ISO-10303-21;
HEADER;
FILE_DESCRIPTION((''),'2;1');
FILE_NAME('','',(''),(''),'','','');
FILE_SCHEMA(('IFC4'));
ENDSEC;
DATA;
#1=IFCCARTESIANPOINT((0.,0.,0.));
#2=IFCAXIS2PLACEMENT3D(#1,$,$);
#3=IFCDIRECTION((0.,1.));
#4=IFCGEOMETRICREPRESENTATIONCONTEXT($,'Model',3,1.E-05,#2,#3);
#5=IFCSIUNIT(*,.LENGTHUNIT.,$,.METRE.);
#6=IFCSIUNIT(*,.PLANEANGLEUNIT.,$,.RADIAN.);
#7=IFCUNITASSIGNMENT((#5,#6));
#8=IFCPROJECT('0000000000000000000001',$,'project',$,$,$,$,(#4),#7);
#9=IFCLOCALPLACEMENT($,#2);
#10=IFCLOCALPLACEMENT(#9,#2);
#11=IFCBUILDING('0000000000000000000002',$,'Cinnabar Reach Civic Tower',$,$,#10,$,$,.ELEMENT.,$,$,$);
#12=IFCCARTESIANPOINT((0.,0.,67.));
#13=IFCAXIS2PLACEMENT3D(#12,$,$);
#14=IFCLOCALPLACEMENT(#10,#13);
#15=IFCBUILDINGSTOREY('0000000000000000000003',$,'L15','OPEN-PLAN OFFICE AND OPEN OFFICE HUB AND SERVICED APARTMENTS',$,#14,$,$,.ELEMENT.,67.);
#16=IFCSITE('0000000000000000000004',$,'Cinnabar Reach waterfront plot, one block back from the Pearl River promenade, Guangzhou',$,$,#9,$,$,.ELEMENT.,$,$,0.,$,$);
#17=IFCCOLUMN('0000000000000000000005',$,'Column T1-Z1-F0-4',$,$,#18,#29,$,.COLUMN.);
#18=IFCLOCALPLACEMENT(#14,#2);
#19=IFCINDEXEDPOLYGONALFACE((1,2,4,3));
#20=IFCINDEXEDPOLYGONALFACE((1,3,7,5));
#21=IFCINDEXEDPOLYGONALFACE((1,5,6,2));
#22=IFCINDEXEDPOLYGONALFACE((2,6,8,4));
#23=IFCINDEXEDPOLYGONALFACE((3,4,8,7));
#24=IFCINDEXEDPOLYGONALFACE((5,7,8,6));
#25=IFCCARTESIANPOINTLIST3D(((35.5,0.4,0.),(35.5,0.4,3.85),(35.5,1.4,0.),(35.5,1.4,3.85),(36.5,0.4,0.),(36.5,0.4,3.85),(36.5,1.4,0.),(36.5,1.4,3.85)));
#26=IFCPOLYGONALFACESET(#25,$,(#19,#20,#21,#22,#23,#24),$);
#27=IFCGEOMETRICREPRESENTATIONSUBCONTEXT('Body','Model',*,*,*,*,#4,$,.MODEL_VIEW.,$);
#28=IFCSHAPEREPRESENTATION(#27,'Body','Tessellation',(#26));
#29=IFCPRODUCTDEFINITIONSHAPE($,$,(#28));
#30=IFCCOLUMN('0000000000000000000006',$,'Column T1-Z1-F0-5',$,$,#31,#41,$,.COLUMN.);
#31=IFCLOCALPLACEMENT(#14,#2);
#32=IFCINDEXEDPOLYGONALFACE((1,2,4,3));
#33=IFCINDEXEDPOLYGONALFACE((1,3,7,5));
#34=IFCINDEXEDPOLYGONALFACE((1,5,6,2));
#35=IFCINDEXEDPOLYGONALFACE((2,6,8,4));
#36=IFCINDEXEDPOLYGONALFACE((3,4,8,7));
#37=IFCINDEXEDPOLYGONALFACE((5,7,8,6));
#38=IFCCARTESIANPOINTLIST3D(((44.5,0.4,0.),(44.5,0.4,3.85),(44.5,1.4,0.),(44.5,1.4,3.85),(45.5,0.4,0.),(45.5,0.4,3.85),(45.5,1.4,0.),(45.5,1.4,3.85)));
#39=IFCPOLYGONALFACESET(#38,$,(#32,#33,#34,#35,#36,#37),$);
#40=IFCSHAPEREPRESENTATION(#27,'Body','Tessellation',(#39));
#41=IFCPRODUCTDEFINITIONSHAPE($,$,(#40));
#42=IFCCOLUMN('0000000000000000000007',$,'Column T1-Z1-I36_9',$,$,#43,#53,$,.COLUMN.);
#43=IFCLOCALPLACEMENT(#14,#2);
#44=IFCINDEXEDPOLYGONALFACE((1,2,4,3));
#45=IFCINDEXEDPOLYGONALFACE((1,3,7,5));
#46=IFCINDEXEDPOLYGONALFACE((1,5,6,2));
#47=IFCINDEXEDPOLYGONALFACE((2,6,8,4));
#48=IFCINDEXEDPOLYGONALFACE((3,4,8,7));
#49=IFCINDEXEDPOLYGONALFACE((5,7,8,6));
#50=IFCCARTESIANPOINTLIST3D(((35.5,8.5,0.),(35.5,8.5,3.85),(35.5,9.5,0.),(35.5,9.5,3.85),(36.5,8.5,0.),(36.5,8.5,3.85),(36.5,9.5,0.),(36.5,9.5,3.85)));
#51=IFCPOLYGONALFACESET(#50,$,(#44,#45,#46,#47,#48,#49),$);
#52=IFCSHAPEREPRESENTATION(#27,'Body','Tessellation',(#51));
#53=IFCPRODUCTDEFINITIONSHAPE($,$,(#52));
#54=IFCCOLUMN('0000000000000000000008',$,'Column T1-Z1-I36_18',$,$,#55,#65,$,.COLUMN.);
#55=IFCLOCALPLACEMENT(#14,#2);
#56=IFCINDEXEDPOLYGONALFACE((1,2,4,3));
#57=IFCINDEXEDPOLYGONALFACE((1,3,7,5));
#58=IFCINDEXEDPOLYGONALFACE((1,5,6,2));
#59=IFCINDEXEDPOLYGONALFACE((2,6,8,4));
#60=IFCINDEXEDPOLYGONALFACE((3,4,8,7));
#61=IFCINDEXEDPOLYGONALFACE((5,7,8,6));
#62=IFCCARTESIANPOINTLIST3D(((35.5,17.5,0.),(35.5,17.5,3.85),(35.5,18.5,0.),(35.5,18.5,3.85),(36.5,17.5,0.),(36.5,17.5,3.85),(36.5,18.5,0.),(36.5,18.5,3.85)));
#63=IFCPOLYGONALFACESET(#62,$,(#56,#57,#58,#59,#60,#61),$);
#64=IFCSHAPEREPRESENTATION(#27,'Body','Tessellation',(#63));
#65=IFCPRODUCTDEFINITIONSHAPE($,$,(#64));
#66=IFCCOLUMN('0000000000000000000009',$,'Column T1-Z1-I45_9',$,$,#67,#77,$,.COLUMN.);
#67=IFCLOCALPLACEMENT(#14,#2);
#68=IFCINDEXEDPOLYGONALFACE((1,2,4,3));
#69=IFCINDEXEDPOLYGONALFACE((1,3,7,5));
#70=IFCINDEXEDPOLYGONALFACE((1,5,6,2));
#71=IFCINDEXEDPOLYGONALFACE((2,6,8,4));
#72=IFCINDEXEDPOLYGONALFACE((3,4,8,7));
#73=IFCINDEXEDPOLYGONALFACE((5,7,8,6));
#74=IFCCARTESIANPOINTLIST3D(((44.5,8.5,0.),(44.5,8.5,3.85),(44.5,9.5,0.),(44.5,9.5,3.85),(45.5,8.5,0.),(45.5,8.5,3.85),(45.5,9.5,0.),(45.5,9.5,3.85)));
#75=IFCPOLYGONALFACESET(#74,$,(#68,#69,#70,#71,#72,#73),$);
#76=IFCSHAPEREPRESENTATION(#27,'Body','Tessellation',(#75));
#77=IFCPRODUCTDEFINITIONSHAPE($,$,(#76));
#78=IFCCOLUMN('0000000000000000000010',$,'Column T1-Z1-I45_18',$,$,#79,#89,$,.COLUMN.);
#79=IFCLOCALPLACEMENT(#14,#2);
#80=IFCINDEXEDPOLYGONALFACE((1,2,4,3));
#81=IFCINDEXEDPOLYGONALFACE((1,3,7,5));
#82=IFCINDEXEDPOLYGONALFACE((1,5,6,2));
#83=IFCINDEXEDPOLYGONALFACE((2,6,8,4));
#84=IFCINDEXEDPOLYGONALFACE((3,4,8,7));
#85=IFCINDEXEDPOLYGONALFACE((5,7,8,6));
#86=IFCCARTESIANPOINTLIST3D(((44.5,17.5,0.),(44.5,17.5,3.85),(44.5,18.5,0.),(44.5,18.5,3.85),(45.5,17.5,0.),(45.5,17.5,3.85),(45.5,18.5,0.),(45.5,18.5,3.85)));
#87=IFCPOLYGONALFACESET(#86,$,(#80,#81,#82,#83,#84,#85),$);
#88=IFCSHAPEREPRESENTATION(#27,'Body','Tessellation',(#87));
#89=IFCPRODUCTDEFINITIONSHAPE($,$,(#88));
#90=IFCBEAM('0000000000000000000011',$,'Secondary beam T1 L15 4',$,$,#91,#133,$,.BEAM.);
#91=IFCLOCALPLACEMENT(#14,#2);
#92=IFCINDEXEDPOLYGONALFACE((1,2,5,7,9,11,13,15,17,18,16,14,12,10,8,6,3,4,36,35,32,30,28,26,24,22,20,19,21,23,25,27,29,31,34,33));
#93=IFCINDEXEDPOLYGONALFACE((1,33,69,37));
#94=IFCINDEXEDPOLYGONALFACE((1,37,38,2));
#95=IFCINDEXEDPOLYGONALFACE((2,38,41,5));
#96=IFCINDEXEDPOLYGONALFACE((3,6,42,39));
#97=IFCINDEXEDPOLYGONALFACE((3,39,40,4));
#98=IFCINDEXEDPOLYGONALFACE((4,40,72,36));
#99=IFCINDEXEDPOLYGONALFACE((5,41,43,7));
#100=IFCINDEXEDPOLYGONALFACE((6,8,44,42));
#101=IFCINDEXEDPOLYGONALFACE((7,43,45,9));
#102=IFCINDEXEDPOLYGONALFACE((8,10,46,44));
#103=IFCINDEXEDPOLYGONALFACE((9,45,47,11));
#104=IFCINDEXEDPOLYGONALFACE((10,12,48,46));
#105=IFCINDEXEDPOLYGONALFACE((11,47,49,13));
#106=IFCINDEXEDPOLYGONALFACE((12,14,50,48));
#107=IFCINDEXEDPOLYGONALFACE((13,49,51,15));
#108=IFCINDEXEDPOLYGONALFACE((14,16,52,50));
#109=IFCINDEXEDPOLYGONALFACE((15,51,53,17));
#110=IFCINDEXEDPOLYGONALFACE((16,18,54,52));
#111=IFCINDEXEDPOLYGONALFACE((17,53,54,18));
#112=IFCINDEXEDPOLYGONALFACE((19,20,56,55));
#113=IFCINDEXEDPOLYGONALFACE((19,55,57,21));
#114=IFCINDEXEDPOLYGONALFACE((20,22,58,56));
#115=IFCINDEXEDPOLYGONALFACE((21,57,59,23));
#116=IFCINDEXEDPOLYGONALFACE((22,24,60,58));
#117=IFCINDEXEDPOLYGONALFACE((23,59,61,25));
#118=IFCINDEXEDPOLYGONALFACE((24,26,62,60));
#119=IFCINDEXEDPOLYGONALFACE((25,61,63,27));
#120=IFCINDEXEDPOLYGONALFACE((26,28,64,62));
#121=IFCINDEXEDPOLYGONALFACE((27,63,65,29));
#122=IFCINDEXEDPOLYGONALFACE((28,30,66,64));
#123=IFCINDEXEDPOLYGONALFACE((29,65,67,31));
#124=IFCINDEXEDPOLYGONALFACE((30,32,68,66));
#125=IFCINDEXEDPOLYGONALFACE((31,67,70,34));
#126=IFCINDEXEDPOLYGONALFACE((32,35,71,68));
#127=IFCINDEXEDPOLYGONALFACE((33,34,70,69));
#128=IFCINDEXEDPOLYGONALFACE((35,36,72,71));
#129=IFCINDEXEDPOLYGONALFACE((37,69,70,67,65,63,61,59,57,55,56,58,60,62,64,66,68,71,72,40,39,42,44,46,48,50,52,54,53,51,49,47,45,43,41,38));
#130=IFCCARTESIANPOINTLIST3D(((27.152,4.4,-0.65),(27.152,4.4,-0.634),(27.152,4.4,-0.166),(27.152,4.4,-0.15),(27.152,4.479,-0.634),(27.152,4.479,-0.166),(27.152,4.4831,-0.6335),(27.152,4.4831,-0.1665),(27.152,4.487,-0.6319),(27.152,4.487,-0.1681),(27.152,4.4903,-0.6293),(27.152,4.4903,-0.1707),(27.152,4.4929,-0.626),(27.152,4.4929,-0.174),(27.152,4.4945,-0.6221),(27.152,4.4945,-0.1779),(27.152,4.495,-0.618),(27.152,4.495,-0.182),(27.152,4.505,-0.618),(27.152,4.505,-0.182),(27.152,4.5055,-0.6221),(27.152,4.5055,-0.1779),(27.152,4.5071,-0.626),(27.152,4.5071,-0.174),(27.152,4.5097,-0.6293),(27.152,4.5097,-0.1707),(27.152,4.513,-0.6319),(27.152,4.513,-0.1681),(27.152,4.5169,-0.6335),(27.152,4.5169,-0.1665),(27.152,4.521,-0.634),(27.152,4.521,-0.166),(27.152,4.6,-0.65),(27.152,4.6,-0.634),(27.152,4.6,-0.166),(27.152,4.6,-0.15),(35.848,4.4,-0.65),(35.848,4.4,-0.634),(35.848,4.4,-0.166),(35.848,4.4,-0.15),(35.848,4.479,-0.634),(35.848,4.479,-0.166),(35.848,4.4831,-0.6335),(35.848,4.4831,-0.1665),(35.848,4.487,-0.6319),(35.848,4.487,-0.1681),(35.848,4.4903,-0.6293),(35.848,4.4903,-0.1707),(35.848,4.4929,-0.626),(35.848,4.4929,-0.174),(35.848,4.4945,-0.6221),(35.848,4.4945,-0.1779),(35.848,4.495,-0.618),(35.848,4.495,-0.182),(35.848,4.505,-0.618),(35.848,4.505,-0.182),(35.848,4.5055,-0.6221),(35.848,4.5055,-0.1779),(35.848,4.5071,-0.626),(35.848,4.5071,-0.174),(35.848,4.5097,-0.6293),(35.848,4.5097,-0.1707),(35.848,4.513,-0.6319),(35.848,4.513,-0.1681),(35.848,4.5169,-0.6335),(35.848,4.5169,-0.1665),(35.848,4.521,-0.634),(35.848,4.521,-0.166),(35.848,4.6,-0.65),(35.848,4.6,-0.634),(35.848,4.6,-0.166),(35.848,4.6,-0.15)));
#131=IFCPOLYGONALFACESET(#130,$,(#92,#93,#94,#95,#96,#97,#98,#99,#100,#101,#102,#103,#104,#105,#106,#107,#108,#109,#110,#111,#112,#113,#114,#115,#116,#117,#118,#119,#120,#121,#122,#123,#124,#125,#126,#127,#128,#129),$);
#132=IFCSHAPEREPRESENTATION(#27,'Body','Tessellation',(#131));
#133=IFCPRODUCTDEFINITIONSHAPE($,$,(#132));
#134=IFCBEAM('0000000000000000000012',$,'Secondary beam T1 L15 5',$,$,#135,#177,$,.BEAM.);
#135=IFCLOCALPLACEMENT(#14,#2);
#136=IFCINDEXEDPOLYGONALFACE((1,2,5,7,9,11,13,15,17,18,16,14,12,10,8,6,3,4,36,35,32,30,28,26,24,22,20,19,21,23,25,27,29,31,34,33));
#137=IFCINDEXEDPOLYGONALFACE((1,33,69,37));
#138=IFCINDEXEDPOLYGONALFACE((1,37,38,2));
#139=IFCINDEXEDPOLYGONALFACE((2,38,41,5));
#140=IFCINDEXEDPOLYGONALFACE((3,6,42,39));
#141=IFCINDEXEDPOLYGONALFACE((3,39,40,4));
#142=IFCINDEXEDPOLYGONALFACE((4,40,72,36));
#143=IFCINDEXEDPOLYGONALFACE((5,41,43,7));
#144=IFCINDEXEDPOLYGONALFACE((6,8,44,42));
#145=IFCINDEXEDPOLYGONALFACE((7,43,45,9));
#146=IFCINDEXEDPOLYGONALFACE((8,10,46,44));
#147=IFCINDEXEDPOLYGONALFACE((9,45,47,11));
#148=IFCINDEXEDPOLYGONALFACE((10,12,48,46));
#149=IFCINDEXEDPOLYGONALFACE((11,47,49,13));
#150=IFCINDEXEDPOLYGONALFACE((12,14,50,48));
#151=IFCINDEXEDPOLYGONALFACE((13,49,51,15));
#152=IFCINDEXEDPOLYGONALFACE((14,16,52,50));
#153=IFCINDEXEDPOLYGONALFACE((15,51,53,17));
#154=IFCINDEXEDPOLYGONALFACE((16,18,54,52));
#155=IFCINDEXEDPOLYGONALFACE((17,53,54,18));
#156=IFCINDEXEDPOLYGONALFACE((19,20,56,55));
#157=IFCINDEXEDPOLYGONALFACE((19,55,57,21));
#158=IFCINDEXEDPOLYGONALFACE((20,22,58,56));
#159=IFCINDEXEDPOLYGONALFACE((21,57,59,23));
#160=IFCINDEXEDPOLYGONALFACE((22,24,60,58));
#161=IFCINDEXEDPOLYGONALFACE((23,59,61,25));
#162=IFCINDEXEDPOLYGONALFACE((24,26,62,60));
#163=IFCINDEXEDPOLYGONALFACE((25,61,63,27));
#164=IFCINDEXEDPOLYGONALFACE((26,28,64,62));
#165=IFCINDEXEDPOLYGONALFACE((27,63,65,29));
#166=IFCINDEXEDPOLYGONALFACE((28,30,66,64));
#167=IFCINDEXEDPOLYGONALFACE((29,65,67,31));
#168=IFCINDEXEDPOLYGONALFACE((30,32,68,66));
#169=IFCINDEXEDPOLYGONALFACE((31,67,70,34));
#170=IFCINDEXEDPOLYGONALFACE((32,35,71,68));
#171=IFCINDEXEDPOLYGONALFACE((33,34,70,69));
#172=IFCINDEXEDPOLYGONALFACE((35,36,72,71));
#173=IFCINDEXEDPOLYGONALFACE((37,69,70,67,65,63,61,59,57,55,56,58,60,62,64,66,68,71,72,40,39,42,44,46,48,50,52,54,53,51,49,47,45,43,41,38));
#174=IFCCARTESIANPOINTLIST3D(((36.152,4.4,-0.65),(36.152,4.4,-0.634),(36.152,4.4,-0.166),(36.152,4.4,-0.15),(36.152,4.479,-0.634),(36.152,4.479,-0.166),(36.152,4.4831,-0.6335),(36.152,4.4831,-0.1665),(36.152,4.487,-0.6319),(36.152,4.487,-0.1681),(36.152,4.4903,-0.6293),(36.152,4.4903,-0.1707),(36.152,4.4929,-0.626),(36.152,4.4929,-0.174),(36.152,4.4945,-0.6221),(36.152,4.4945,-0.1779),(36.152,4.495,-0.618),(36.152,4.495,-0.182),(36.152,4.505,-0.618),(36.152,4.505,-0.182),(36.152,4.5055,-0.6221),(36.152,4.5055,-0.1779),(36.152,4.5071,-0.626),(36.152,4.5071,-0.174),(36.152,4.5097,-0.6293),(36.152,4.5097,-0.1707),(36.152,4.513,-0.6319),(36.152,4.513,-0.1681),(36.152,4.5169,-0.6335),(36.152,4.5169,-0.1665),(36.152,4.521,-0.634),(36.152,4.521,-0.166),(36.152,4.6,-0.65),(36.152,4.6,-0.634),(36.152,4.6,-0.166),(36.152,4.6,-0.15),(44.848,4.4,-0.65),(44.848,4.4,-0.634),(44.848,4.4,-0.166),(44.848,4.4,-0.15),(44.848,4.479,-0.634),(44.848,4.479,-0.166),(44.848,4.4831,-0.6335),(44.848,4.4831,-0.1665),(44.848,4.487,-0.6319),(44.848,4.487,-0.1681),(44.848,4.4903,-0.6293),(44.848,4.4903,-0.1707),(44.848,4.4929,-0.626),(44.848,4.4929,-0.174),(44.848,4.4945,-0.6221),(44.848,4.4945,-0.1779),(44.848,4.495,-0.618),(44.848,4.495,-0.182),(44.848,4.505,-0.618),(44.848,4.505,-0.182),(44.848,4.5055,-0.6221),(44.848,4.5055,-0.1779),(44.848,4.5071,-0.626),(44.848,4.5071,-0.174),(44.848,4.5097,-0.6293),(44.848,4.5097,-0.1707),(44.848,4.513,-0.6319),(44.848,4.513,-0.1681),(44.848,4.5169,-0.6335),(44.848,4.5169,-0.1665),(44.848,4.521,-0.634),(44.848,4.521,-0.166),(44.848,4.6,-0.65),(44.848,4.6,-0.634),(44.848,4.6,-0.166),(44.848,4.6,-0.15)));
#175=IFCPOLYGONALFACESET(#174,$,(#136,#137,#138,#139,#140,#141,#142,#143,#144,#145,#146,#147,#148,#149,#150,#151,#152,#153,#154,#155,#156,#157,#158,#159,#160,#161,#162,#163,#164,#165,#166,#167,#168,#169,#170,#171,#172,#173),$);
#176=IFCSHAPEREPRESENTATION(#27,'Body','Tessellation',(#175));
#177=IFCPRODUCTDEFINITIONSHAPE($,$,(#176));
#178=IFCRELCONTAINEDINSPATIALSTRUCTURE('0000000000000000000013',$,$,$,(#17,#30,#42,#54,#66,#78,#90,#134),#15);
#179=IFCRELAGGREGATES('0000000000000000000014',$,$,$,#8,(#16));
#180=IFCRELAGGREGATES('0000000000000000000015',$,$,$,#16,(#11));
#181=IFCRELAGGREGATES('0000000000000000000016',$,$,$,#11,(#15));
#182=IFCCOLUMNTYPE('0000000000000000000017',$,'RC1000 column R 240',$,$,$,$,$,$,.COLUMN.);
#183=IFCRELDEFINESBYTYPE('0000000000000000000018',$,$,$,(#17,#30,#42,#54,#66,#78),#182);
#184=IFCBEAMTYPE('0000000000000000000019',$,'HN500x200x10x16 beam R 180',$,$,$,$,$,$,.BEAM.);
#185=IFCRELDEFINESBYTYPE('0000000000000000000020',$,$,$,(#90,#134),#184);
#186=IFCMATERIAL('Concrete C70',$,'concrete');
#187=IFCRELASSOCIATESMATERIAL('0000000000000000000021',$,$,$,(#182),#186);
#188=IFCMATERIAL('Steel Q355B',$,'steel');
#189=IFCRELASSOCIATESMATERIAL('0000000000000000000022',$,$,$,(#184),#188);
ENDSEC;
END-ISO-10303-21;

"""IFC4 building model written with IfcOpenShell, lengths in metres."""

from ifc_helpers import new_model, si_unit, direction, frame, origin, origin_2d, place, context, subcontext, project, spatial, rectangle, i_section, extrude, material, material_profile, profile_set, type_object, element, save


model = new_model("IFC4")

# Units and contexts
model_context = context("Model", 3, precision=1e-05, world=origin(), true_north=direction((0.0, 1.0)))
body_context = subcontext(model_context, "Body", "Model", "MODEL_VIEW")
ifc_project = project(units=[si_unit("LENGTHUNIT", "METRE"), si_unit("PLANEANGLEUNIT", "RADIAN")], contexts=[model_context])

# Site, building, storey
site_placement = place(None, origin())
site = spatial("IfcSite", under=ifc_project, at=site_placement, Name="Cinnabar Reach waterfront plot, one block back from the Pearl River promenade, Guangzhou", CompositionType="ELEMENT", RefElevation=0.0)
building_placement = place(site_placement, origin())
building = spatial("IfcBuilding", under=site, at=building_placement, Name="Cinnabar Reach Civic Tower", CompositionType="ELEMENT")
storey_placement = place(building_placement, frame((0.0, 0.0, 67.0)))
storey = spatial("IfcBuildingStorey", under=building, at=storey_placement, Name="L15", Description="OPEN-PLAN OFFICE AND OPEN OFFICE HUB AND SERVICED APARTMENTS", CompositionType="ELEMENT", Elevation=67.0)

# Columns
ifc_material_1 = material(Name="Concrete C70", Category="concrete")
ifc_material_profile_1 = material_profile(ifc_material_1, rectangle(XDim=1.0, YDim=1.0, at=origin_2d()), Name="RC1000")
ifc_profile_set_1 = profile_set([ifc_material_profile_1], Name="Concrete C70")
column_type = type_object("IfcColumnType", Name="RC1000 column R 240", PredefinedType="COLUMN", material=ifc_profile_set_1)
for number, where, z_axis, x_axis, name in (
    (1, (36.0, 0.9, 0.0), (0.0, 0.0, 1.0), (1.0, 0.0, 0.0), "Column T1-Z1-F0-4"),
    (2, (45.0, 0.9, 0.0), (0.0, 0.0, 1.0), (1.0, 0.0, 0.0), "Column T1-Z1-F0-5"),
    (3, (36.0, 9.0, 0.0), (0.0, 0.0, 1.0), (1.0, 0.0, 0.0), "Column T1-Z1-I36_9"),
    (4, (36.0, 18.0, 0.0), (0.0, 0.0, 1.0), (1.0, 0.0, 0.0), "Column T1-Z1-I36_18"),
    (5, (45.0, 9.0, 0.0), (0.0, 0.0, 1.0), (1.0, 0.0, 0.0), "Column T1-Z1-I45_9"),
    (6, (45.0, 18.0, 0.0), (0.0, 0.0, 1.0), (1.0, 0.0, 0.0), "Column T1-Z1-I45_18"),
):
    element("IfcColumn", number, at=place(storey_placement, frame(where, z_axis=z_axis, x_axis=x_axis)), inside=storey, type_object=column_type, Name=name, PredefinedType="COLUMN", context=body_context, shape_type="SweptSolid", body=[
        extrude(rectangle(XDim=1.0, YDim=1.0, at=origin_2d()), origin(), (0.0, 0.0, 1.0), 3.85),
    ])

# Beams
ifc_material_2 = material(Name="Steel Q355B", Category="steel")
ifc_material_profile_2 = material_profile(ifc_material_2, i_section(OverallWidth=0.2, OverallDepth=0.5, WebThickness=0.01, FlangeThickness=0.016, FilletRadius=0.016, at=origin_2d()), Name="HN500x200x10x16")
ifc_profile_set_2 = profile_set([ifc_material_profile_2], Name="Steel Q355B")
beam_type_1 = type_object("IfcBeamType", Name="HN500x200x10x16 beam R 180", PredefinedType="BEAM", material=ifc_profile_set_2)
for number, where, z_axis, x_axis, name in (
    (7, (27.152, 4.5, -0.4), (1.0, 0.0, 0.0), (0.0, 1.0, 0.0), "Secondary beam T1 L15 4"),
    (8, (36.152, 4.5, -0.4), (1.0, 0.0, 0.0), (0.0, 1.0, 0.0), "Secondary beam T1 L15 5"),
):
    element("IfcBeam", number, at=place(storey_placement, frame(where, z_axis=z_axis, x_axis=x_axis)), inside=storey, type_object=beam_type_1, Name=name, PredefinedType="BEAM", context=body_context, shape_type="SweptSolid", body=[
        extrude(i_section(OverallWidth=0.2, OverallDepth=0.5, WebThickness=0.01, FlangeThickness=0.016, FilletRadius=0.016, at=origin_2d()), origin(), (0.0, 0.0, 1.0), 8.696),
    ])

save(model, "model.ifc")
